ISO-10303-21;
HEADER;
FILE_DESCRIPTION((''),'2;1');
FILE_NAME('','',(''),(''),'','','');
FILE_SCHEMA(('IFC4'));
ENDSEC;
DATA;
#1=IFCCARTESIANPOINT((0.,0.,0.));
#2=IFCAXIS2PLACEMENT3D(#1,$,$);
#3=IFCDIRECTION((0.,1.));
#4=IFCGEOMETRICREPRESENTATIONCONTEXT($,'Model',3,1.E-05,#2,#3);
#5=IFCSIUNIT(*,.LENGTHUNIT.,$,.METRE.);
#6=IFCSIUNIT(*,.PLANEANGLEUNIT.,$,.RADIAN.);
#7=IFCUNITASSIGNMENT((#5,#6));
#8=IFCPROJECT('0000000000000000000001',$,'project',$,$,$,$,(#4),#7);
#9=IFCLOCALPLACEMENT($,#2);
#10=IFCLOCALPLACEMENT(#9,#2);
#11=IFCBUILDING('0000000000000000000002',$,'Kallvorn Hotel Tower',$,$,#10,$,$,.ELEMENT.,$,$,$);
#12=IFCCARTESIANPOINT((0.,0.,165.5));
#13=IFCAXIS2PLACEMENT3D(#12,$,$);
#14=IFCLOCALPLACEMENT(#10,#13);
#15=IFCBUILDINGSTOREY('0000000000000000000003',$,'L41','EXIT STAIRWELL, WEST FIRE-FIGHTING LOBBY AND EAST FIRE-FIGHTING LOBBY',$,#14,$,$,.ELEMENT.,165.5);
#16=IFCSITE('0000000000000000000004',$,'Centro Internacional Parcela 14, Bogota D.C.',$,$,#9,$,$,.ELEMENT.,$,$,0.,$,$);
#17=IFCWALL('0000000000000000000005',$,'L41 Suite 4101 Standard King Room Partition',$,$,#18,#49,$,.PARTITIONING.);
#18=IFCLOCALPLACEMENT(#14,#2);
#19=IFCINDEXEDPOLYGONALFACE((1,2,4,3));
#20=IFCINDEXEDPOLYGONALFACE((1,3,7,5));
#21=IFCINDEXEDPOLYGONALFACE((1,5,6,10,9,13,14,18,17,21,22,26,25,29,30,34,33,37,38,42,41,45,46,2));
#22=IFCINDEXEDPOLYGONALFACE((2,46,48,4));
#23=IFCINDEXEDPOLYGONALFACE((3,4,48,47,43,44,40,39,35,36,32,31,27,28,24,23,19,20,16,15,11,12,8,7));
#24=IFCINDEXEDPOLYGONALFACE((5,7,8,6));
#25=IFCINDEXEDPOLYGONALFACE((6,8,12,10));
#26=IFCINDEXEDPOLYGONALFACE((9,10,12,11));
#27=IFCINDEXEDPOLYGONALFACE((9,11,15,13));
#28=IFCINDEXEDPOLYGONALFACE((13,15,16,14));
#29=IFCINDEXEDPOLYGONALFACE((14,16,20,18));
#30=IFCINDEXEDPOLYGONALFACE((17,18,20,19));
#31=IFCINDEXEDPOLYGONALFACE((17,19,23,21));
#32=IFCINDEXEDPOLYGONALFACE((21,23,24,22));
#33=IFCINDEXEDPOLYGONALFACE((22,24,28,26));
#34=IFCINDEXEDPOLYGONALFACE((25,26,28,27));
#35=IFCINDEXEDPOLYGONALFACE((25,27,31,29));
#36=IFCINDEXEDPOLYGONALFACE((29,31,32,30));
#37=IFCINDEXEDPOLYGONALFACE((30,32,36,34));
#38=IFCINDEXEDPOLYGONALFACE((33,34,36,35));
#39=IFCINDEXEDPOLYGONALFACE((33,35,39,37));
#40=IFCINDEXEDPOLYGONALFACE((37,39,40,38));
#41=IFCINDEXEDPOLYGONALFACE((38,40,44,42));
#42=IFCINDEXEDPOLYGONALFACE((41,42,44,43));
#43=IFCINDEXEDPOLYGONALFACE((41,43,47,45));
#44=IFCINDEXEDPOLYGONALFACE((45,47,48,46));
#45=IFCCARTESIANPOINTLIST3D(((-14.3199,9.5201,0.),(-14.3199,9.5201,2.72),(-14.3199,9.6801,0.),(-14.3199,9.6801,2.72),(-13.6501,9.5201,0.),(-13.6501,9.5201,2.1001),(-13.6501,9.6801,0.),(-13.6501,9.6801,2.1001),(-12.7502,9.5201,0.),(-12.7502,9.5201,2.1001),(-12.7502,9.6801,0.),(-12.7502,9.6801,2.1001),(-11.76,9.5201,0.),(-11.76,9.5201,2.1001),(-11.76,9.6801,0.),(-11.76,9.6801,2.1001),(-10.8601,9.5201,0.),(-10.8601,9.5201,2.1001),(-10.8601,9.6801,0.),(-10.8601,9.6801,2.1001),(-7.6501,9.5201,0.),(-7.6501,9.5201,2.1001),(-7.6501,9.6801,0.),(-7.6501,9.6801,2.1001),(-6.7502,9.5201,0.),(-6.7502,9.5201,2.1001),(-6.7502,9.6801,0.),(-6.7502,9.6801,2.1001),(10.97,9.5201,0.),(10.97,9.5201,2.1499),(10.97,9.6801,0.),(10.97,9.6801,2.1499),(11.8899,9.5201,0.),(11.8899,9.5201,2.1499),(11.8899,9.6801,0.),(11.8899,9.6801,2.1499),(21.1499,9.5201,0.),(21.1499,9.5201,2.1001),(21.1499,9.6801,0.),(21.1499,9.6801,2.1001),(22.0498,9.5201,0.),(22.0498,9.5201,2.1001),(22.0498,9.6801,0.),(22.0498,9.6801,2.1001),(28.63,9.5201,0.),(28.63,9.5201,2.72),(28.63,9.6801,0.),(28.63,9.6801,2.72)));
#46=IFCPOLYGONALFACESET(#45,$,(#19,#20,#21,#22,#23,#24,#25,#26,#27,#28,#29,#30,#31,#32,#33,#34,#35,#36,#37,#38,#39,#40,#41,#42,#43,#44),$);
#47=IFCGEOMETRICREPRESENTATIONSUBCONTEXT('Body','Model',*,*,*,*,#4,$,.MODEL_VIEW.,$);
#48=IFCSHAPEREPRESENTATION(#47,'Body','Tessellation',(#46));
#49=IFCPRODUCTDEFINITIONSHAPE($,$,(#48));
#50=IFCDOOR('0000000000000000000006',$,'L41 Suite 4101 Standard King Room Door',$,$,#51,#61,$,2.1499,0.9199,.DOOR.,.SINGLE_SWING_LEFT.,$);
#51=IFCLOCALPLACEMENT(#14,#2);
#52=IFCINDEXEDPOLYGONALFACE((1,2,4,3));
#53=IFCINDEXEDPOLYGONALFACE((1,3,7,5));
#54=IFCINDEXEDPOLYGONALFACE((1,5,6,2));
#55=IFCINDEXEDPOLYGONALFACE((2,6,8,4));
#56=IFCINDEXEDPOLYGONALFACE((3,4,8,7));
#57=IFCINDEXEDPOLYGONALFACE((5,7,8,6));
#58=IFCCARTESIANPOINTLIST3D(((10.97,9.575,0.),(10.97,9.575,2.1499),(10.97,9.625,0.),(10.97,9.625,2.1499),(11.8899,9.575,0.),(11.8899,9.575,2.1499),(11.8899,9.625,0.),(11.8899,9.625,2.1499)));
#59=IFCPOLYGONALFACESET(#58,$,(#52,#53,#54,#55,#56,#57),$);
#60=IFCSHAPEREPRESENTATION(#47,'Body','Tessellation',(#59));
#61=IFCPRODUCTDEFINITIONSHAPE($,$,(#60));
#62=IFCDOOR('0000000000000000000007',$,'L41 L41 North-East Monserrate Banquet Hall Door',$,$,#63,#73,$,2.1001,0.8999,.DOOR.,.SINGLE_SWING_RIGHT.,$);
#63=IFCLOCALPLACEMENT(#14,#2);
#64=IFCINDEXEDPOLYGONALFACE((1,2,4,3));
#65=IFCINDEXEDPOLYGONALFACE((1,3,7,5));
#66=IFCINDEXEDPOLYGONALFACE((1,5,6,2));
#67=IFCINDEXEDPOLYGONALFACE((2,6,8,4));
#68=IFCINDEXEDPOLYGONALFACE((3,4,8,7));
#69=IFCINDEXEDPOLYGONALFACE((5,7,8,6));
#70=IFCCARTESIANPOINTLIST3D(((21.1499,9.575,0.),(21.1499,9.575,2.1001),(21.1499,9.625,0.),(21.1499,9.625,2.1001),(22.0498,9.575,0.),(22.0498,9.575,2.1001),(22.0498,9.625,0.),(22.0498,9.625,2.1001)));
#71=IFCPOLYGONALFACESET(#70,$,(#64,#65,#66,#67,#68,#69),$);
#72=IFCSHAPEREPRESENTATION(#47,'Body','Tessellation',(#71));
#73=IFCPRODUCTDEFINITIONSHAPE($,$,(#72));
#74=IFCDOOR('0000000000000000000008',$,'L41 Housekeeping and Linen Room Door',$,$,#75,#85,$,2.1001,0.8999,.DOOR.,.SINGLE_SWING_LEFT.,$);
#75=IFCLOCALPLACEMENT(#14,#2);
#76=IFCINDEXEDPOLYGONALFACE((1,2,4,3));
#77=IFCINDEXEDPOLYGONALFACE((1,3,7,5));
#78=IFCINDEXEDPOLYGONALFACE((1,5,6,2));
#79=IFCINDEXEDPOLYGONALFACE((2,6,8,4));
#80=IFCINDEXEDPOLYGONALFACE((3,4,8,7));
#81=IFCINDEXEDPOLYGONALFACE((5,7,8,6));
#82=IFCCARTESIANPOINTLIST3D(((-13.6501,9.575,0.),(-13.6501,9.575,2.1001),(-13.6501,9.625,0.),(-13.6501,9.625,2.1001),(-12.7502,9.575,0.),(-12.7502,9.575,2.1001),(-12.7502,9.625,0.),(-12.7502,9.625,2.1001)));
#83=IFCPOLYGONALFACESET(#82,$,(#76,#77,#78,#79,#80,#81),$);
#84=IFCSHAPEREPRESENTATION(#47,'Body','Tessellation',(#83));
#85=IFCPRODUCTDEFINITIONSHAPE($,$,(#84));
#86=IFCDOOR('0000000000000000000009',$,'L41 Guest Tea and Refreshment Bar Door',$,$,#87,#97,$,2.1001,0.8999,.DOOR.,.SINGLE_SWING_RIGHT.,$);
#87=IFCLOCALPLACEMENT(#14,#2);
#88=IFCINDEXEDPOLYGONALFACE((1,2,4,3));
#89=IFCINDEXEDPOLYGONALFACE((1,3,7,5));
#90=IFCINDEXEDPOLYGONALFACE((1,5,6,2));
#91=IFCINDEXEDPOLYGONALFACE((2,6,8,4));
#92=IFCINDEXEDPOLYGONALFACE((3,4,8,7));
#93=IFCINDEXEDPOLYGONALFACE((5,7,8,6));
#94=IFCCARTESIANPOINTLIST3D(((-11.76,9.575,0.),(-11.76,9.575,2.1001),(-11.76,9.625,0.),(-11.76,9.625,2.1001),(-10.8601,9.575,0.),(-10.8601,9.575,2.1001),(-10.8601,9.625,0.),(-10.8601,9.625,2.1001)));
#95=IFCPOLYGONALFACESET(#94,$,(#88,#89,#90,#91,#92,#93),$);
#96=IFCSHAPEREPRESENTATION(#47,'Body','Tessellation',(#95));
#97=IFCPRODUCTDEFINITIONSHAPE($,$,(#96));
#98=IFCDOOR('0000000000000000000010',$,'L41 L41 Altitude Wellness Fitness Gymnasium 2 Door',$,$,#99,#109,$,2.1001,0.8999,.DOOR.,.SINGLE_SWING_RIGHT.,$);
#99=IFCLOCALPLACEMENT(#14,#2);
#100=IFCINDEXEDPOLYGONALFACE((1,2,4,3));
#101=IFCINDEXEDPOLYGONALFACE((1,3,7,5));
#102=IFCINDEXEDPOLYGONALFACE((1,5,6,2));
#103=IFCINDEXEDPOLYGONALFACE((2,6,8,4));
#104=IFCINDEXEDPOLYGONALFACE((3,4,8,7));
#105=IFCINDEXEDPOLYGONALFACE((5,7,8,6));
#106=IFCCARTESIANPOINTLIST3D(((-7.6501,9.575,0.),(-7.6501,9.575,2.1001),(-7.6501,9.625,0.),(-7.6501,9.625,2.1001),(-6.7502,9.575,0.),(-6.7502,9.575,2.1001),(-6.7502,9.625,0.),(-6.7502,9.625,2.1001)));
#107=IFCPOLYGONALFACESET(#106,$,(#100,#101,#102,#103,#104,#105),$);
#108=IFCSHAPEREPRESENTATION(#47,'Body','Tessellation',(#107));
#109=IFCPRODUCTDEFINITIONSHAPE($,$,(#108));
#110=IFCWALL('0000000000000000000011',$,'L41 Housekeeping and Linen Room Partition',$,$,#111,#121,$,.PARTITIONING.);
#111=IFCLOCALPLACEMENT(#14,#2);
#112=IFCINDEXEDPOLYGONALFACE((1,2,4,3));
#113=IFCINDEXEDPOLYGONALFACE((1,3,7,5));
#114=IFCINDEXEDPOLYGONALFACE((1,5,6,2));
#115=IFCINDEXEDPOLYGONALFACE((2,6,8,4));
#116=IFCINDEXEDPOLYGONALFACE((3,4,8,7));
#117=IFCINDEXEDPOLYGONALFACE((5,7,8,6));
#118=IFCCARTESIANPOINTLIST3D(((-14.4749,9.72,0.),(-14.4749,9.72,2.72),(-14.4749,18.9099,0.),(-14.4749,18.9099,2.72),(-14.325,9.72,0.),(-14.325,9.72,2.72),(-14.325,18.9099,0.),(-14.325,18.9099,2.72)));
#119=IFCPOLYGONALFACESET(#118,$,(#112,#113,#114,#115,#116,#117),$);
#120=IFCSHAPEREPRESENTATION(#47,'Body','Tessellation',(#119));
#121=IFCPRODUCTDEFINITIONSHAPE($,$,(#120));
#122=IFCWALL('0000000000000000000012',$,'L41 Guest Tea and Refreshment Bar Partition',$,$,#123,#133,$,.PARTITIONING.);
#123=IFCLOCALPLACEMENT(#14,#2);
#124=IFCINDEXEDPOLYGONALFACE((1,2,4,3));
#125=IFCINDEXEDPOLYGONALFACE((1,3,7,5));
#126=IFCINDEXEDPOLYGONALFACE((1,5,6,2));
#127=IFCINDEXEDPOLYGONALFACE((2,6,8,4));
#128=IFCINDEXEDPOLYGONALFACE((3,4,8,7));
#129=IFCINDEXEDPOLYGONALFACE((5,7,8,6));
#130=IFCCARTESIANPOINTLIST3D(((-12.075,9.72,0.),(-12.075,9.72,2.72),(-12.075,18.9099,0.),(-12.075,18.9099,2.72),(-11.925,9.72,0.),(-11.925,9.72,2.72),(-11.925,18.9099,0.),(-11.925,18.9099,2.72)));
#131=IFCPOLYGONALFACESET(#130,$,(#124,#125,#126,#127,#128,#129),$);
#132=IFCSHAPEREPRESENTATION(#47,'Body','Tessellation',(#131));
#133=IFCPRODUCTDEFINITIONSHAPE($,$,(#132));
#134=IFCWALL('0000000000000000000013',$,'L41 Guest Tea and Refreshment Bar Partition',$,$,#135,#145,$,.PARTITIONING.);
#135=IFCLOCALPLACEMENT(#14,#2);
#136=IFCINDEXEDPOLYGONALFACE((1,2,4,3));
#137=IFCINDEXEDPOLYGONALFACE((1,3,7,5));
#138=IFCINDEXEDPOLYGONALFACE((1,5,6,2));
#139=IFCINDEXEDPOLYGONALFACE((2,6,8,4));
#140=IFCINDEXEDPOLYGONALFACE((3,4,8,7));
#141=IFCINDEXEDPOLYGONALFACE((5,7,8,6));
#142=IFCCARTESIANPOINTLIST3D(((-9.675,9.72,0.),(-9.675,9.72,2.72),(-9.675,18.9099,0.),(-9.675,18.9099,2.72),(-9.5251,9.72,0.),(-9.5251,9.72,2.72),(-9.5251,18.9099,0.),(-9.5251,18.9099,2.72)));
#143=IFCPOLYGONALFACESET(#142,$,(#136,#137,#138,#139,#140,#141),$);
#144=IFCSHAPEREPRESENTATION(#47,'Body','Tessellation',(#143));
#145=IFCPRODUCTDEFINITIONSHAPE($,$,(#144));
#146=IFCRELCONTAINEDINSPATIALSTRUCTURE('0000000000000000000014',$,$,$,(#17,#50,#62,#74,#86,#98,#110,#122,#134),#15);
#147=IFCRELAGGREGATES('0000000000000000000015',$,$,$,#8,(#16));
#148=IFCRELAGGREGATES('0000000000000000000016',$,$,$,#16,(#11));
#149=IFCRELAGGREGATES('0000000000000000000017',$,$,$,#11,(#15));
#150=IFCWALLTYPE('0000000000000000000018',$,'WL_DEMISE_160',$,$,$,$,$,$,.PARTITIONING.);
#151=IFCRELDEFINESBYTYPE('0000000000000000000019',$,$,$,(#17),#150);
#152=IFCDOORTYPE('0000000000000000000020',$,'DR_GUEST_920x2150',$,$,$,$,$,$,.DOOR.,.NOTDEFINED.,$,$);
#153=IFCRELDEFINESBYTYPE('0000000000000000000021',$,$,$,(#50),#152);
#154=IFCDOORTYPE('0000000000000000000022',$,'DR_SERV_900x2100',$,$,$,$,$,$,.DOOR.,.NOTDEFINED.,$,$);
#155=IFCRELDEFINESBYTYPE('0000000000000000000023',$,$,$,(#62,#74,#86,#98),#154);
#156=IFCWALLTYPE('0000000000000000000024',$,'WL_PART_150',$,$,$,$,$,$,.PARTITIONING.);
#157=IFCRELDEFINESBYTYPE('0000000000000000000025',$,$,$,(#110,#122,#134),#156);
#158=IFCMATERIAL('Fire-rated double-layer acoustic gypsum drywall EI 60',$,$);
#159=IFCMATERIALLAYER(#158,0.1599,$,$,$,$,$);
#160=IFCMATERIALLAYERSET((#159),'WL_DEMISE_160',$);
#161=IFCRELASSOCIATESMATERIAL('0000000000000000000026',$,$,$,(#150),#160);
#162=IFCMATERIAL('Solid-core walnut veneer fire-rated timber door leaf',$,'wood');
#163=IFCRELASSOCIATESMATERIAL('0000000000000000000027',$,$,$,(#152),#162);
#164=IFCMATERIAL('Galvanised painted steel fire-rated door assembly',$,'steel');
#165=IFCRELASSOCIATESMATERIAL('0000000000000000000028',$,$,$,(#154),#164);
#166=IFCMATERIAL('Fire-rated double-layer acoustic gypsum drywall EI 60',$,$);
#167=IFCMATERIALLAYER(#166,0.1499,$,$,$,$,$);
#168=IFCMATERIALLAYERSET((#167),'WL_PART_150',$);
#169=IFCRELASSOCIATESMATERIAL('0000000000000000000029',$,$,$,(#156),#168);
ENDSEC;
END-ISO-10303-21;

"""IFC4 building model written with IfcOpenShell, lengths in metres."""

from ifc_helpers import new_model, si_unit, direction, frame, frame_2d, origin, place, context, subcontext, project, spatial, rectangle, extrude, material, layer, layer_set, type_object, element, fill, save


model = new_model("IFC4")

# Units and contexts
model_context = context("Model", 3, precision=1e-05, world=origin(), true_north=direction((0.0, 1.0)))
body_context = subcontext(model_context, "Body", "Model", "MODEL_VIEW")
ifc_project = project(units=[si_unit("LENGTHUNIT", "METRE"), si_unit("PLANEANGLEUNIT", "RADIAN")], contexts=[model_context])

# Site, building, storey
site_placement = place(None, origin())
site = spatial("IfcSite", under=ifc_project, at=site_placement, Name="Centro Internacional Parcela 14, Bogota D.C.", CompositionType="ELEMENT", RefElevation=0.0)
building_placement = place(site_placement, origin())
building = spatial("IfcBuilding", under=site, at=building_placement, Name="Kallvorn Hotel Tower", CompositionType="ELEMENT")
storey_placement = place(building_placement, frame((0.0, 0.0, 165.5)))
storey = spatial("IfcBuildingStorey", under=building, at=storey_placement, Name="L41", Description="EXIT STAIRWELL, WEST FIRE-FIGHTING LOBBY AND EAST FIRE-FIGHTING LOBBY", CompositionType="ELEMENT", Elevation=165.5)

# Wall, openings, doors
ifc_material_1 = material(Name="Fire-rated double-layer acoustic gypsum drywall EI 60")
ifc_layer_1 = layer(ifc_material_1, 0.1599)
ifc_layer_set_1 = layer_set([ifc_layer_1], Name="WL_DEMISE_160")
wall_type_1 = type_object("IfcWallType", Name="WL_DEMISE_160", PredefinedType="PARTITIONING", material=ifc_layer_set_1)
wall_placement = place(storey_placement, frame((-14.3201, 9.6001, 0.0), z_axis=(0.0, 0.0, 1.0), x_axis=(1.0, 0.0, 0.0)))
wall = element("IfcWall", 1, at=wall_placement, inside=storey, type_object=wall_type_1, Name="L41 Suite 4101 Standard King Room Partition", PredefinedType="PARTITIONING", context=body_context, shape_type="SweptSolid", body=[
    extrude(rectangle(XDim=42.95, YDim=0.1599, at=frame_2d((21.4751, 0.0))), origin(), (0.0, 0.0, 1.0), 2.72),
])
opening_1_placement = place(wall_placement, frame((35.47, 0.0, 0.0)))
opening_1 = element("IfcOpeningElement", 2, at=opening_1_placement, cuts=wall, PredefinedType="OPENING", context=body_context, shape_type="SweptSolid", body=[
    extrude(rectangle(XDim=0.8999, YDim=2.1001, at=frame_2d((0.45, 1.05))), frame((0.0, 0.095, 0.0), z_axis=(0.0, -1.0, 0.0), x_axis=(1.0, 0.0, 0.0)), (0.0, 0.0, 1.0), 0.1899),
])
opening_2_placement = place(wall_placement, frame((0.6699, 0.0, 0.0)))
opening_2 = element("IfcOpeningElement", 3, at=opening_2_placement, cuts=wall, PredefinedType="OPENING", context=body_context, shape_type="SweptSolid", body=[
    extrude(rectangle(XDim=0.8999, YDim=2.1001, at=frame_2d((0.45, 1.05))), frame((0.0, 0.095, 0.0), z_axis=(0.0, -1.0, 0.0), x_axis=(1.0, 0.0, 0.0)), (0.0, 0.0, 1.0), 0.1899),
])
opening_3_placement = place(wall_placement, frame((2.5601, 0.0, 0.0)))
opening_3 = element("IfcOpeningElement", 4, at=opening_3_placement, cuts=wall, PredefinedType="OPENING", context=body_context, shape_type="SweptSolid", body=[
    extrude(rectangle(XDim=0.8999, YDim=2.1001, at=frame_2d((0.45, 1.05))), frame((0.0, 0.095, 0.0), z_axis=(0.0, -1.0, 0.0), x_axis=(1.0, 0.0, 0.0)), (0.0, 0.0, 1.0), 0.1899),
])
opening_4_placement = place(wall_placement, frame((6.6699, 0.0, 0.0)))
opening_4 = element("IfcOpeningElement", 5, at=opening_4_placement, cuts=wall, PredefinedType="OPENING", context=body_context, shape_type="SweptSolid", body=[
    extrude(rectangle(XDim=0.8999, YDim=2.1001, at=frame_2d((0.45, 1.05))), frame((0.0, 0.095, 0.0), z_axis=(0.0, -1.0, 0.0), x_axis=(1.0, 0.0, 0.0)), (0.0, 0.0, 1.0), 0.1899),
])
opening_5_placement = place(wall_placement, frame((25.29, 0.0, 0.0)))
opening_5 = element("IfcOpeningElement", 6, at=opening_5_placement, cuts=wall, PredefinedType="OPENING", context=body_context, shape_type="SweptSolid", body=[
    extrude(rectangle(XDim=0.9199, YDim=2.1499, at=frame_2d((0.46, 1.075))), frame((0.0, 0.095, 0.0), z_axis=(0.0, -1.0, 0.0), x_axis=(1.0, 0.0, 0.0)), (0.0, 0.0, 1.0), 0.1899),
])
ifc_material_2 = material(Name="Solid-core walnut veneer fire-rated timber door leaf", Category="wood")
door_type_1 = type_object("IfcDoorType", Name="DR_GUEST_920x2150", OperationType="NOTDEFINED", PredefinedType="DOOR", material=ifc_material_2)
door_1_placement = place(opening_5_placement, origin())
door_1 = element("IfcDoor", 7, at=door_1_placement, inside=storey, type_object=door_type_1, Name="L41 Suite 4101 Standard King Room Door", OperationType="SINGLE_SWING_LEFT", OverallHeight=2.1499, OverallWidth=0.9199, PredefinedType="DOOR", context=body_context, shape_type="SweptSolid", body=[
    extrude(rectangle(XDim=0.9199, YDim=2.1499, at=frame_2d((0.46, 1.075))), frame((0.0, 0.0249, 0.0), z_axis=(0.0, -1.0, 0.0), x_axis=(1.0, 0.0, 0.0)), (0.0, 0.0, 1.0), 0.05),
])
fill(opening_5, door_1)
ifc_material_3 = material(Name="Galvanised painted steel fire-rated door assembly", Category="steel")
door_type_2 = type_object("IfcDoorType", Name="DR_SERV_900x2100", OperationType="NOTDEFINED", PredefinedType="DOOR", material=ifc_material_3)
door_2_placement = place(opening_1_placement, origin())
door_2 = element("IfcDoor", 8, at=door_2_placement, inside=storey, type_object=door_type_2, Name="L41 L41 North-East Monserrate Banquet Hall Door", OperationType="SINGLE_SWING_RIGHT", OverallHeight=2.1001, OverallWidth=0.8999, PredefinedType="DOOR", context=body_context, shape_type="SweptSolid", body=[
    extrude(rectangle(XDim=0.8999, YDim=2.1001, at=frame_2d((0.45, 1.05))), frame((0.0, 0.0249, 0.0), z_axis=(0.0, -1.0, 0.0), x_axis=(1.0, 0.0, 0.0)), (0.0, 0.0, 1.0), 0.05),
])
fill(opening_1, door_2)
door_3_placement = place(opening_2_placement, origin())
door_3 = element("IfcDoor", 9, at=door_3_placement, inside=storey, type_object=door_type_2, Name="L41 Housekeeping and Linen Room Door", OperationType="SINGLE_SWING_LEFT", OverallHeight=2.1001, OverallWidth=0.8999, PredefinedType="DOOR", context=body_context, shape_type="SweptSolid", body=[
    extrude(rectangle(XDim=0.8999, YDim=2.1001, at=frame_2d((0.45, 1.05))), frame((0.0, 0.0249, 0.0), z_axis=(0.0, -1.0, 0.0), x_axis=(1.0, 0.0, 0.0)), (0.0, 0.0, 1.0), 0.05),
])
fill(opening_2, door_3)
door_4_placement = place(opening_3_placement, origin())
door_4 = element("IfcDoor", 10, at=door_4_placement, inside=storey, type_object=door_type_2, Name="L41 Guest Tea and Refreshment Bar Door", OperationType="SINGLE_SWING_RIGHT", OverallHeight=2.1001, OverallWidth=0.8999, PredefinedType="DOOR", context=body_context, shape_type="SweptSolid", body=[
    extrude(rectangle(XDim=0.8999, YDim=2.1001, at=frame_2d((0.45, 1.05))), frame((0.0, 0.0249, 0.0), z_axis=(0.0, -1.0, 0.0), x_axis=(1.0, 0.0, 0.0)), (0.0, 0.0, 1.0), 0.05),
])
fill(opening_3, door_4)
door_5_placement = place(opening_4_placement, origin())
door_5 = element("IfcDoor", 11, at=door_5_placement, inside=storey, type_object=door_type_2, Name="L41 L41 Altitude Wellness Fitness Gymnasium 2 Door", OperationType="SINGLE_SWING_RIGHT", OverallHeight=2.1001, OverallWidth=0.8999, PredefinedType="DOOR", context=body_context, shape_type="SweptSolid", body=[
    extrude(rectangle(XDim=0.8999, YDim=2.1001, at=frame_2d((0.45, 1.05))), frame((0.0, 0.0249, 0.0), z_axis=(0.0, -1.0, 0.0), x_axis=(1.0, 0.0, 0.0)), (0.0, 0.0, 1.0), 0.05),
])
fill(opening_4, door_5)

# Walls
ifc_material_4 = material(Name="Fire-rated double-layer acoustic gypsum drywall EI 60")
ifc_layer_2 = layer(ifc_material_4, 0.1499)
ifc_layer_set_2 = layer_set([ifc_layer_2], Name="WL_PART_150")
wall_type_2 = type_object("IfcWallType", Name="WL_PART_150", PredefinedType="PARTITIONING", material=ifc_layer_set_2)
for number, where, z_axis, x_axis, name in (
    (12, (-14.3999, 9.72, 0.0), (0.0, 0.0, 1.0), (0.0, 1.0, 0.0), "L41 Housekeeping and Linen Room Partition"),
    (13, (-12.0, 9.72, 0.0), (0.0, 0.0, 1.0), (0.0, 1.0, 0.0), "L41 Guest Tea and Refreshment Bar Partition"),
    (14, (-9.6001, 9.72, 0.0), (0.0, 0.0, 1.0), (0.0, 1.0, 0.0), "L41 Guest Tea and Refreshment Bar Partition"),
):
    element("IfcWall", number, at=place(storey_placement, frame(where, z_axis=z_axis, x_axis=x_axis)), inside=storey, type_object=wall_type_2, Name=name, PredefinedType="PARTITIONING", context=body_context, shape_type="SweptSolid", body=[
        extrude(rectangle(XDim=9.1899, YDim=0.1499, at=frame_2d((4.595, 0.0))), origin(), (0.0, 0.0, 1.0), 2.72),
    ])

save(model, "model.ifc")
